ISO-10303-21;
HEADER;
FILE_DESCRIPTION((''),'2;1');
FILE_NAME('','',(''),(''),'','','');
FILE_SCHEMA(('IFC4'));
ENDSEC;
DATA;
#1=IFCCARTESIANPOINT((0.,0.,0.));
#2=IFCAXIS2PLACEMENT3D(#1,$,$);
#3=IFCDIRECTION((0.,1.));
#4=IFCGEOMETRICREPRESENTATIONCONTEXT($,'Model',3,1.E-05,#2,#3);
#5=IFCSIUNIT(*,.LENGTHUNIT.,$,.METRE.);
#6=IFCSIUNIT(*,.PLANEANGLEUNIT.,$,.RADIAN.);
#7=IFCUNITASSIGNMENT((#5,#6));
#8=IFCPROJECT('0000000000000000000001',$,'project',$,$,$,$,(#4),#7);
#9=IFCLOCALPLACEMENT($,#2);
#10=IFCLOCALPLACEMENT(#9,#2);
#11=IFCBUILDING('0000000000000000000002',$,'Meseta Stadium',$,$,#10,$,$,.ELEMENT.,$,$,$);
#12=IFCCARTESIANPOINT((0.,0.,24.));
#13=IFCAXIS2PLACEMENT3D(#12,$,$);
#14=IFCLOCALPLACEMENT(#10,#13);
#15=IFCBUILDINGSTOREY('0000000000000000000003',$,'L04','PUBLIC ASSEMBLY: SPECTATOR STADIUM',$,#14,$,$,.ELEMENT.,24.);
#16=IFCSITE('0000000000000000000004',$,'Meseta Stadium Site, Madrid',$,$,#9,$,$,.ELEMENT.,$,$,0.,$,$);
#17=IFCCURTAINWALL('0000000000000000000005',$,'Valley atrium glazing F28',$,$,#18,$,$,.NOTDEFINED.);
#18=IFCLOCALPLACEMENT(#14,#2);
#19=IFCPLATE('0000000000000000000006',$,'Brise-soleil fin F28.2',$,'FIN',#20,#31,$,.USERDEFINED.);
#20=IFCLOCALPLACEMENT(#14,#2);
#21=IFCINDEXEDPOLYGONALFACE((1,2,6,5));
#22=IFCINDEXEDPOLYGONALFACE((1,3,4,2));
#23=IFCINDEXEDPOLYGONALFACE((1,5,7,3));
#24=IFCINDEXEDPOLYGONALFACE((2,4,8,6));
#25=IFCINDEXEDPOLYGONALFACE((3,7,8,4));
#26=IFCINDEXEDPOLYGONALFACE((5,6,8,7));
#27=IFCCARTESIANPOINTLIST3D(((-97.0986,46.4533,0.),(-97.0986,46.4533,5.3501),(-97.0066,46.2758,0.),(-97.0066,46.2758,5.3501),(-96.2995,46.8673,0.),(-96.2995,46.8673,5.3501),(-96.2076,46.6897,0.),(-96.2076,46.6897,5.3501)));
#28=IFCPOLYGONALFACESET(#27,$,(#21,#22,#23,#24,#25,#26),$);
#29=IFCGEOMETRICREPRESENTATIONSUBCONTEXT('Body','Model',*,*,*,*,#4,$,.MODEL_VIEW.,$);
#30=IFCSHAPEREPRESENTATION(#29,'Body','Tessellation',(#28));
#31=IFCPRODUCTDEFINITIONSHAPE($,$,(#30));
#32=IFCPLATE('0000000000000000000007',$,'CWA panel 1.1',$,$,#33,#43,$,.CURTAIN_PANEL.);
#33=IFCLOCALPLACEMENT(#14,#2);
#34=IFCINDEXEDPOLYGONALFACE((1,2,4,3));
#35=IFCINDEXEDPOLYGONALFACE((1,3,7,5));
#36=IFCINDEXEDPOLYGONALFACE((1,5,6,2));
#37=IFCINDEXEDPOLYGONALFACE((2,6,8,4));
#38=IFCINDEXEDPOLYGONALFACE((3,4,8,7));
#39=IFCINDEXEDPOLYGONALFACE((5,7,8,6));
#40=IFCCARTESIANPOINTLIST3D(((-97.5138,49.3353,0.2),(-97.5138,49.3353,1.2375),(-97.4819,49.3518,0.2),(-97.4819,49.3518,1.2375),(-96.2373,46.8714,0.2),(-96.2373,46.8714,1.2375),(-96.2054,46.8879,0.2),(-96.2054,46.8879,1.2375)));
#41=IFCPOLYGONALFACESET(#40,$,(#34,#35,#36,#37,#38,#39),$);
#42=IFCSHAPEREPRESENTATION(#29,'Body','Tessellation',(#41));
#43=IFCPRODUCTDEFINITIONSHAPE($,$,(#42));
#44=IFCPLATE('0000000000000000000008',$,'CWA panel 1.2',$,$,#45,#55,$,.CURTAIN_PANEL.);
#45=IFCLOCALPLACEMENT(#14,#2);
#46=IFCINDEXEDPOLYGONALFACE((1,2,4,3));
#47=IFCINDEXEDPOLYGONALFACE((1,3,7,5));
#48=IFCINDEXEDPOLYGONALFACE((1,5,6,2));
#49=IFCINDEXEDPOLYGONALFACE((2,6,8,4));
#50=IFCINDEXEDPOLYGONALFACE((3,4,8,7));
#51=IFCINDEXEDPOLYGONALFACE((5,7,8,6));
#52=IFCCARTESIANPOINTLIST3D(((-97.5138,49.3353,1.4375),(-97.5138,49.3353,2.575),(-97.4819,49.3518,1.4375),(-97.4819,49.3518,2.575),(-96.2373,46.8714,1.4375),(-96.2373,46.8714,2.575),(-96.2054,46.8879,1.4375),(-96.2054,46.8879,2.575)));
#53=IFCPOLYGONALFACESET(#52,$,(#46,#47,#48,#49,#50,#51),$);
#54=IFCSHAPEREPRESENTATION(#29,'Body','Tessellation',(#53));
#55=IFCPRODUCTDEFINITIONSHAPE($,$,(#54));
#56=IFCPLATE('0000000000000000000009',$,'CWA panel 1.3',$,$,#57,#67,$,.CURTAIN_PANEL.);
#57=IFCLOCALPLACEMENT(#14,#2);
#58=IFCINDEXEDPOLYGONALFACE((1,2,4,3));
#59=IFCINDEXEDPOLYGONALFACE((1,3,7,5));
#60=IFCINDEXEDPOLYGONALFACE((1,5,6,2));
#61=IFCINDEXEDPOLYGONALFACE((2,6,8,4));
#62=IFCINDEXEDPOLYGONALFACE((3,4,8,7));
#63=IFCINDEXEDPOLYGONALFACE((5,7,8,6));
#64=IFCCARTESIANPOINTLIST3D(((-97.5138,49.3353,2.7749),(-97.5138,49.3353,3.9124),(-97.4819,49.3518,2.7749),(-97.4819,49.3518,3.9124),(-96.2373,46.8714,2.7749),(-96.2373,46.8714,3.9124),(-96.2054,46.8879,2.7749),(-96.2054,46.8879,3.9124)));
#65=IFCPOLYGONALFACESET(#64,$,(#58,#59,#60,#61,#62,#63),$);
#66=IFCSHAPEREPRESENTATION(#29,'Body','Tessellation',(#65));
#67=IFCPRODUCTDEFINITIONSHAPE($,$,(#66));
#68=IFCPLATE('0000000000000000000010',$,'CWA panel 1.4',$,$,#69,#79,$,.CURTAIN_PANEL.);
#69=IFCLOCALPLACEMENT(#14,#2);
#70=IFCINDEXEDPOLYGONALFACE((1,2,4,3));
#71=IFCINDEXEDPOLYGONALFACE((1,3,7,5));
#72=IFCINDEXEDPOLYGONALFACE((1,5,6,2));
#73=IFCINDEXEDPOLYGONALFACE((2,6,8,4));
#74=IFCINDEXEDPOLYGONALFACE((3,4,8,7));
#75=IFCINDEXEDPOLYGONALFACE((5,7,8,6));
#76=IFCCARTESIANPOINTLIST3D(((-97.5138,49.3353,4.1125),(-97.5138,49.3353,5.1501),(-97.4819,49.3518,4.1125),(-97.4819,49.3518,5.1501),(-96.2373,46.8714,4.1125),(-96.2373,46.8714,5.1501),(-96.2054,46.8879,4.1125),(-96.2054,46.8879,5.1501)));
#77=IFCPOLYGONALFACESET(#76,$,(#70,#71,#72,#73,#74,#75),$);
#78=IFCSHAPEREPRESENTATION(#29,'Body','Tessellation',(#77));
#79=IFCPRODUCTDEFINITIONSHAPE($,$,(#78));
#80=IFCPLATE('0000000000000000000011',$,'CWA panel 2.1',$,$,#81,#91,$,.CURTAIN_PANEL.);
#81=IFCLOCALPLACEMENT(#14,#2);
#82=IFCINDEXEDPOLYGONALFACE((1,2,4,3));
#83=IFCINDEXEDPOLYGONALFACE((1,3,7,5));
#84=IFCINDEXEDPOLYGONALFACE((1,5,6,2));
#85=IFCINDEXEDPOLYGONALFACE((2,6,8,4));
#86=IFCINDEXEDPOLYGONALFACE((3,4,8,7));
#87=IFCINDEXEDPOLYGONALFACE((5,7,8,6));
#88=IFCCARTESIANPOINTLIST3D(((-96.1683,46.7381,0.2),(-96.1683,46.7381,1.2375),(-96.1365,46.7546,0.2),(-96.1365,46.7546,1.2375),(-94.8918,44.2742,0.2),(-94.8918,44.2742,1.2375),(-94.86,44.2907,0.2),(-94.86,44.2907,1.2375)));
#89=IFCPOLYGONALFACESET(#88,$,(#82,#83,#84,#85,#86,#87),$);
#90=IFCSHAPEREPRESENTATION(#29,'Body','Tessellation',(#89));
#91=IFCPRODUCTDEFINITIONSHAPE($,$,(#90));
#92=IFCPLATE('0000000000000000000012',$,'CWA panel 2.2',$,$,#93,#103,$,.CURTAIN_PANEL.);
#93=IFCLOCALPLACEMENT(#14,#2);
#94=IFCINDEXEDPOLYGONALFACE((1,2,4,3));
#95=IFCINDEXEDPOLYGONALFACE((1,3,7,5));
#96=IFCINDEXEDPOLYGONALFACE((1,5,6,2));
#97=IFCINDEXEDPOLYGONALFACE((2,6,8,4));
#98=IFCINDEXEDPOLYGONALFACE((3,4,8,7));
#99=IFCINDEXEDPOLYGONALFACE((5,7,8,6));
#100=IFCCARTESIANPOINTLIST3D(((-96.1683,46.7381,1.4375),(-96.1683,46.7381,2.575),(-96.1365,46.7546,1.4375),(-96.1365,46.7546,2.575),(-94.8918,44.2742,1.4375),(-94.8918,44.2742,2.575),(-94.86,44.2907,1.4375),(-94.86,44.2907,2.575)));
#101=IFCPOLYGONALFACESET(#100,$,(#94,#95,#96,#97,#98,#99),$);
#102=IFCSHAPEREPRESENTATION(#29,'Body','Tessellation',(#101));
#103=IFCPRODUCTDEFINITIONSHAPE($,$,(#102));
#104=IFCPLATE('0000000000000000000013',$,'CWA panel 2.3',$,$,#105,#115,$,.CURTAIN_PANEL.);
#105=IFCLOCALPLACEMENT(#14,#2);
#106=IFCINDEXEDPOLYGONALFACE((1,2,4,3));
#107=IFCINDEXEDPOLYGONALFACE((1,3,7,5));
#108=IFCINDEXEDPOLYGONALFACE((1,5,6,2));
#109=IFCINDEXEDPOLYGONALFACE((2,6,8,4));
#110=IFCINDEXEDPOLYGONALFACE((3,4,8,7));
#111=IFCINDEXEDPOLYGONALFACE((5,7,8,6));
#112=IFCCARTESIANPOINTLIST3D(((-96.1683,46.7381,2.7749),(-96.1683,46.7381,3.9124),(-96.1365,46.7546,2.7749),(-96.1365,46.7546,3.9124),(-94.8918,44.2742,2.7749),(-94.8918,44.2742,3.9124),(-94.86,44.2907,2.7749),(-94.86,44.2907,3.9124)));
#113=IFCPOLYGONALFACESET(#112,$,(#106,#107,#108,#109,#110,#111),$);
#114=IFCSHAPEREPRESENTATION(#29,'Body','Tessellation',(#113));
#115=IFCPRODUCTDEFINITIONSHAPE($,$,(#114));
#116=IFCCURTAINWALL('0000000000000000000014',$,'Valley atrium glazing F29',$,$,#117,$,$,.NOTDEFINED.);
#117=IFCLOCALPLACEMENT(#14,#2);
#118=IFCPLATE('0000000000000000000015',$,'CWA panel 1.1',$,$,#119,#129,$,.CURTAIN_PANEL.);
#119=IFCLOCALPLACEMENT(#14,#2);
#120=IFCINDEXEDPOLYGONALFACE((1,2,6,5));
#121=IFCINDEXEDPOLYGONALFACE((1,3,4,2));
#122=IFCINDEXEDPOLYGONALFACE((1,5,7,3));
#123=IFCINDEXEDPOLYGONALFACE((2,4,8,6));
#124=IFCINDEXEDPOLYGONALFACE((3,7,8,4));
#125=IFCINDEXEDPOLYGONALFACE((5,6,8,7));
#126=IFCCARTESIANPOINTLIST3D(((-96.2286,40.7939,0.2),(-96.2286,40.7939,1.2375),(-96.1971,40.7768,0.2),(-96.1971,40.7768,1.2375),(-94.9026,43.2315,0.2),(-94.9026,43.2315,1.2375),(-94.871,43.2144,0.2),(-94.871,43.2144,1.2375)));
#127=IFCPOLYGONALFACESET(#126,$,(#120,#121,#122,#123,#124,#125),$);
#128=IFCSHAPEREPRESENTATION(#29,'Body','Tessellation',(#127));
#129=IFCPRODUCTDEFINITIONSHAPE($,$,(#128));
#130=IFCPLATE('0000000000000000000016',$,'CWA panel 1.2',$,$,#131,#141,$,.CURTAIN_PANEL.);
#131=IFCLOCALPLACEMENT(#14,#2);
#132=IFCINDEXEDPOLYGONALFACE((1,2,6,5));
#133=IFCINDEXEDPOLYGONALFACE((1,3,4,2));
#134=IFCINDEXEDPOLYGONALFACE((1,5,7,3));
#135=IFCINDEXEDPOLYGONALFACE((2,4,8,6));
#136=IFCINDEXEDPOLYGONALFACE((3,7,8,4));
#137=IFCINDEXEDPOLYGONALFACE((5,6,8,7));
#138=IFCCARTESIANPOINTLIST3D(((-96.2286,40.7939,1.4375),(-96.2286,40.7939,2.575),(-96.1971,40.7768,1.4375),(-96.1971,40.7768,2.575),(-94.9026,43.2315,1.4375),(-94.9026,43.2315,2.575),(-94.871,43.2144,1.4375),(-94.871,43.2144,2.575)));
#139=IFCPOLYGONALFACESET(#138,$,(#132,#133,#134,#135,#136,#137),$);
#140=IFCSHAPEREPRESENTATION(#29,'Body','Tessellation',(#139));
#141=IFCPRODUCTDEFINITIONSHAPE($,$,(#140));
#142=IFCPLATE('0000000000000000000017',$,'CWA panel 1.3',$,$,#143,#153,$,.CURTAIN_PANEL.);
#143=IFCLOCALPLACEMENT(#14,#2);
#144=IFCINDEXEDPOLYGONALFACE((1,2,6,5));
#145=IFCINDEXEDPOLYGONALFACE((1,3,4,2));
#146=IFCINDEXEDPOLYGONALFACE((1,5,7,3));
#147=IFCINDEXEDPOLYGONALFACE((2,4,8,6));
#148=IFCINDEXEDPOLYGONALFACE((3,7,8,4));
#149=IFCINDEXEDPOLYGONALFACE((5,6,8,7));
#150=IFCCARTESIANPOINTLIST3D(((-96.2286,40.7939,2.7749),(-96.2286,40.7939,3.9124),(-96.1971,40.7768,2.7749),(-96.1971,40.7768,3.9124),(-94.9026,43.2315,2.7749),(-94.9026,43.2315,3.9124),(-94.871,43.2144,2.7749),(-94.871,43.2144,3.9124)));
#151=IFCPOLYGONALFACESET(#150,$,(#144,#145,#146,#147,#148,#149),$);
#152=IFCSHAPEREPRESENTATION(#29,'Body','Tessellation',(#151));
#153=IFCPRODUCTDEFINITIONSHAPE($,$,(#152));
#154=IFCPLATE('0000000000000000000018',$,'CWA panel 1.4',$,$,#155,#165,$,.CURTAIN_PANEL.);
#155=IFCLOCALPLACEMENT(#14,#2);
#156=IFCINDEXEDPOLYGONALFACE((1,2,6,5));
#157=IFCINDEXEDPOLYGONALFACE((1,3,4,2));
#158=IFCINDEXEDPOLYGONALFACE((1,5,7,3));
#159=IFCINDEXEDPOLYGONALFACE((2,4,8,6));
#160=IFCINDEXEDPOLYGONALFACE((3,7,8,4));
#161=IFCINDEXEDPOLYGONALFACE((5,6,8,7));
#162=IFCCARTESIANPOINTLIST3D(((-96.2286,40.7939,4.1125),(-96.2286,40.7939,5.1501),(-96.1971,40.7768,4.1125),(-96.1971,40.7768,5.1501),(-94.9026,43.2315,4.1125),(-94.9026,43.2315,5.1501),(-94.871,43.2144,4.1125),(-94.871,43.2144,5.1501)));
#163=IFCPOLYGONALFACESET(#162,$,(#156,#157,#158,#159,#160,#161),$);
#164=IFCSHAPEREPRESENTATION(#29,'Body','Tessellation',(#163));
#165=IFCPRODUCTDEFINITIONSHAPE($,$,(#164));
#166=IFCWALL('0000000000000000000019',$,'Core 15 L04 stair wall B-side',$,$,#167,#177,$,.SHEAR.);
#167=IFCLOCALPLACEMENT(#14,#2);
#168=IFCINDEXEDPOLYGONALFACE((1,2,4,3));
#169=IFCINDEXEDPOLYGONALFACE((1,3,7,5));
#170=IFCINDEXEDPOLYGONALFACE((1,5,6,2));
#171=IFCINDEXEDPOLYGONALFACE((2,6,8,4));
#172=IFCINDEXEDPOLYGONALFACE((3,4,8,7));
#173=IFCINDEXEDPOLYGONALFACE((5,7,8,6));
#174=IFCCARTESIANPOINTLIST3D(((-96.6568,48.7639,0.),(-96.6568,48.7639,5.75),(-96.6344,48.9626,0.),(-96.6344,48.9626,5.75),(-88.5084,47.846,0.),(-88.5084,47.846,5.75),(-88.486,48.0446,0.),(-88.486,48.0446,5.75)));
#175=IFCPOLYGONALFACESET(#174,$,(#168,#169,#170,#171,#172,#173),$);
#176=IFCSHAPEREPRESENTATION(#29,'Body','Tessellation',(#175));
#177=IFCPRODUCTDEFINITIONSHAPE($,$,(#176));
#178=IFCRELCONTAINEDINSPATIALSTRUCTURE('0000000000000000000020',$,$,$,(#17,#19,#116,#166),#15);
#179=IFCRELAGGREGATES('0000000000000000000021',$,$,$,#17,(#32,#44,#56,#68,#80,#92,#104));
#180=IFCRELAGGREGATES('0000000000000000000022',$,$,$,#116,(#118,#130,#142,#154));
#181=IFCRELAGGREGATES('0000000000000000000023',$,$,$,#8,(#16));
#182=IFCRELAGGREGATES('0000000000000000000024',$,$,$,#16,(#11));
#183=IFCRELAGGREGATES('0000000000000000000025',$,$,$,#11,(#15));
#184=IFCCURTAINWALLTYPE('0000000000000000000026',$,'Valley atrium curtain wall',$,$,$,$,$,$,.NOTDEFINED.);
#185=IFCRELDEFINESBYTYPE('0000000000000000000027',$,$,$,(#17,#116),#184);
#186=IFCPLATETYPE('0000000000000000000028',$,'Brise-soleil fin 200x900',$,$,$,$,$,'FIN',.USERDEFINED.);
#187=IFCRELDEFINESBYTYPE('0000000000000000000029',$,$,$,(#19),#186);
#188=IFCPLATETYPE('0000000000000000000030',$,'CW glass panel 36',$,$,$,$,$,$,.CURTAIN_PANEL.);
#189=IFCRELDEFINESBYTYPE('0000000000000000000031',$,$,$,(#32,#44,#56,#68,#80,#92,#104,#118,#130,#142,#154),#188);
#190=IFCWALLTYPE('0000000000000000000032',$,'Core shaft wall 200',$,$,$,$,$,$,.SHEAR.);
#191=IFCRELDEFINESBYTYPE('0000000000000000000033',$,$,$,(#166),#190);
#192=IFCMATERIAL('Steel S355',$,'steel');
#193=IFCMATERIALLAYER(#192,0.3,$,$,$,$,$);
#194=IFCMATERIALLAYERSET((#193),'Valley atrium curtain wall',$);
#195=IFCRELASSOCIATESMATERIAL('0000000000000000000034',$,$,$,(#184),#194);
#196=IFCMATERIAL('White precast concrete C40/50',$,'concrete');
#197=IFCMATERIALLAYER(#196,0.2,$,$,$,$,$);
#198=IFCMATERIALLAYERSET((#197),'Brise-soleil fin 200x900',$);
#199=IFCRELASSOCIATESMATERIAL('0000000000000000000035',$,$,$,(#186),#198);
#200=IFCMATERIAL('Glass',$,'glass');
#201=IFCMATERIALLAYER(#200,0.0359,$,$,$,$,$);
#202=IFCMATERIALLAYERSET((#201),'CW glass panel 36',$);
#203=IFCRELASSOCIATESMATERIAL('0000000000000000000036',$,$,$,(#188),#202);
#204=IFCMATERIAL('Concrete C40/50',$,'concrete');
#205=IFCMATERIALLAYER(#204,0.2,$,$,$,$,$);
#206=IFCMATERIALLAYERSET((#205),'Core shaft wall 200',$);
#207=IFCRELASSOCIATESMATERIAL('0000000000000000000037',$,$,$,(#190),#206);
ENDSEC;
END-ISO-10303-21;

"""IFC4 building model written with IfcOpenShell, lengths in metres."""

from ifc_helpers import new_model, si_unit, direction, frame, frame_2d, origin, origin_2d, place, context, subcontext, project, spatial, rectangle, extrude, material, layer, layer_set, type_object, element, aggregate, save


model = new_model("IFC4")

# Units and contexts
model_context = context("Model", 3, precision=1e-05, world=origin(), true_north=direction((0.0, 1.0)))
body_context = subcontext(model_context, "Body", "Model", "MODEL_VIEW")
ifc_project = project(units=[si_unit("LENGTHUNIT", "METRE"), si_unit("PLANEANGLEUNIT", "RADIAN")], contexts=[model_context])

# Site, building, storey
site_placement = place(None, origin())
site = spatial("IfcSite", under=ifc_project, at=site_placement, Name="Meseta Stadium Site, Madrid", CompositionType="ELEMENT", RefElevation=0.0)
building_placement = place(site_placement, origin())
building = spatial("IfcBuilding", under=site, at=building_placement, Name="Meseta Stadium", CompositionType="ELEMENT")
storey_placement = place(building_placement, frame((0.0, 0.0, 24.0)))
storey = spatial("IfcBuildingStorey", under=building, at=storey_placement, Name="L04", Description="PUBLIC ASSEMBLY: SPECTATOR STADIUM", CompositionType="ELEMENT", Elevation=24.0)

# Curtain wall
ifc_material_1 = material(Name="Steel S355", Category="steel")
ifc_layer_1 = layer(ifc_material_1, 0.3)
ifc_layer_set_1 = layer_set([ifc_layer_1], Name="Valley atrium curtain wall")
curtain_wall_type = type_object("IfcCurtainWallType", Name="Valley atrium curtain wall", PredefinedType="NOTDEFINED", material=ifc_layer_set_1)
curtain_wall_1_placement = place(storey_placement, origin())
curtain_wall_1 = element("IfcCurtainWall", 1, at=curtain_wall_1_placement, inside=storey, type_object=curtain_wall_type, Name="Valley atrium glazing F28", PredefinedType="NOTDEFINED")

# Plate
ifc_material_2 = material(Name="White precast concrete C40/50", Category="concrete")
ifc_layer_2 = layer(ifc_material_2, 0.2)
ifc_layer_set_2 = layer_set([ifc_layer_2], Name="Brise-soleil fin 200x900")
plate_type_1 = type_object("IfcPlateType", Name="Brise-soleil fin 200x900", ElementType="FIN", PredefinedType="USERDEFINED", material=ifc_layer_set_2)
for number, where, z_axis, x_axis, name in (
    (2, (-96.6531, 46.5715, 0.0), (0.0, 0.0, 1.0), (0.460016, -0.887911, 0.0), "Brise-soleil fin F28.2"),
):
    element("IfcPlate", number, at=place(storey_placement, frame(where, z_axis=z_axis, x_axis=x_axis)), inside=storey, type_object=plate_type_1, Name=name, ObjectType="FIN", PredefinedType="USERDEFINED", context=body_context, shape_type="SweptSolid", body=[
        extrude(rectangle(XDim=0.2, YDim=0.8999, at=origin_2d()), origin(), (0.0, 0.0, 1.0), 5.3501),
    ])

# Plates
ifc_material_3 = material(Name="Glass", Category="glass")
ifc_layer_3 = layer(ifc_material_3, 0.0359)
ifc_layer_set_3 = layer_set([ifc_layer_3], Name="CW glass panel 36")
plate_type_2 = type_object("IfcPlateType", Name="CW glass panel 36", PredefinedType="CURTAIN_PANEL", material=ifc_layer_set_3)
plate_1_placement = place(storey_placement, frame((-96.8596, 48.1116, 0.2), z_axis=(0.0, 0.0, 1.0), x_axis=(0.460016, -0.887911, 0.0)))
plate_1 = element("IfcPlate", 3, at=plate_1_placement, type_object=plate_type_2, Name="CWA panel 1.1", PredefinedType="CURTAIN_PANEL", context=body_context, shape_type="SweptSolid", body=[
    extrude(rectangle(XDim=2.7749, YDim=0.0359, at=origin_2d()), origin(), (0.0, 0.0, 1.0), 1.0376),
])
plate_2_placement = place(storey_placement, frame((-96.8596, 48.1116, 1.4375), z_axis=(0.0, 0.0, 1.0), x_axis=(0.460016, -0.887911, 0.0)))
plate_2 = element("IfcPlate", 4, at=plate_2_placement, type_object=plate_type_2, Name="CWA panel 1.2", PredefinedType="CURTAIN_PANEL", context=body_context, shape_type="SweptSolid", body=[
    extrude(rectangle(XDim=2.7749, YDim=0.0359, at=origin_2d()), origin(), (0.0, 0.0, 1.0), 1.1375),
])
plate_3_placement = place(storey_placement, frame((-96.8596, 48.1116, 2.7749), z_axis=(0.0, 0.0, 1.0), x_axis=(0.460016, -0.887911, 0.0)))
plate_3 = element("IfcPlate", 5, at=plate_3_placement, type_object=plate_type_2, Name="CWA panel 1.3", PredefinedType="CURTAIN_PANEL", context=body_context, shape_type="SweptSolid", body=[
    extrude(rectangle(XDim=2.7749, YDim=0.0359, at=origin_2d()), origin(), (0.0, 0.0, 1.0), 1.1375),
])
plate_4_placement = place(storey_placement, frame((-96.8596, 48.1116, 4.1125), z_axis=(0.0, 0.0, 1.0), x_axis=(0.460016, -0.887911, 0.0)))
plate_4 = element("IfcPlate", 6, at=plate_4_placement, type_object=plate_type_2, Name="CWA panel 1.4", PredefinedType="CURTAIN_PANEL", context=body_context, shape_type="SweptSolid", body=[
    extrude(rectangle(XDim=2.7749, YDim=0.0359, at=origin_2d()), origin(), (0.0, 0.0, 1.0), 1.0376),
])
plate_5_placement = place(storey_placement, frame((-95.5142, 45.5144, 0.2), z_axis=(0.0, 0.0, 1.0), x_axis=(0.460016, -0.887911, 0.0)))
plate_5 = element("IfcPlate", 7, at=plate_5_placement, type_object=plate_type_2, Name="CWA panel 2.1", PredefinedType="CURTAIN_PANEL", context=body_context, shape_type="SweptSolid", body=[
    extrude(rectangle(XDim=2.7749, YDim=0.0359, at=origin_2d()), origin(), (0.0, 0.0, 1.0), 1.0376),
])
plate_6_placement = place(storey_placement, frame((-95.5142, 45.5144, 1.4375), z_axis=(0.0, 0.0, 1.0), x_axis=(0.460016, -0.887911, 0.0)))
plate_6 = element("IfcPlate", 8, at=plate_6_placement, type_object=plate_type_2, Name="CWA panel 2.2", PredefinedType="CURTAIN_PANEL", context=body_context, shape_type="SweptSolid", body=[
    extrude(rectangle(XDim=2.7749, YDim=0.0359, at=origin_2d()), origin(), (0.0, 0.0, 1.0), 1.1375),
])
plate_7_placement = place(storey_placement, frame((-95.5142, 45.5144, 2.7749), z_axis=(0.0, 0.0, 1.0), x_axis=(0.460016, -0.887911, 0.0)))
plate_7 = element("IfcPlate", 9, at=plate_7_placement, type_object=plate_type_2, Name="CWA panel 2.3", PredefinedType="CURTAIN_PANEL", context=body_context, shape_type="SweptSolid", body=[
    extrude(rectangle(XDim=2.7749, YDim=0.0359, at=origin_2d()), origin(), (0.0, 0.0, 1.0), 1.1375),
])
aggregate(curtain_wall_1, [plate_1, plate_2, plate_3, plate_4, plate_5, plate_6, plate_7])

# Curtain wall, plates
curtain_wall_2_placement = place(storey_placement, origin())
curtain_wall_2 = element("IfcCurtainWall", 10, at=curtain_wall_2_placement, inside=storey, type_object=curtain_wall_type, Name="Valley atrium glazing F29", PredefinedType="NOTDEFINED")
plate_8_placement = place(storey_placement, frame((-95.5498, 42.0042, 0.2), z_axis=(0.0, 0.0, 1.0), x_axis=(-0.477867, -0.878432, 0.0)))
plate_8 = element("IfcPlate", 11, at=plate_8_placement, type_object=plate_type_2, Name="CWA panel 1.1", PredefinedType="CURTAIN_PANEL", context=body_context, shape_type="SweptSolid", body=[
    extrude(rectangle(XDim=2.7749, YDim=0.0359, at=origin_2d()), origin(), (0.0, 0.0, 1.0), 1.0376),
])
plate_9_placement = place(storey_placement, frame((-95.5498, 42.0042, 1.4375), z_axis=(0.0, 0.0, 1.0), x_axis=(-0.477867, -0.878432, 0.0)))
plate_9 = element("IfcPlate", 12, at=plate_9_placement, type_object=plate_type_2, Name="CWA panel 1.2", PredefinedType="CURTAIN_PANEL", context=body_context, shape_type="SweptSolid", body=[
    extrude(rectangle(XDim=2.7749, YDim=0.0359, at=origin_2d()), origin(), (0.0, 0.0, 1.0), 1.1375),
])
plate_10_placement = place(storey_placement, frame((-95.5498, 42.0042, 2.7749), z_axis=(0.0, 0.0, 1.0), x_axis=(-0.477867, -0.878432, 0.0)))
plate_10 = element("IfcPlate", 13, at=plate_10_placement, type_object=plate_type_2, Name="CWA panel 1.3", PredefinedType="CURTAIN_PANEL", context=body_context, shape_type="SweptSolid", body=[
    extrude(rectangle(XDim=2.7749, YDim=0.0359, at=origin_2d()), origin(), (0.0, 0.0, 1.0), 1.1375),
])
plate_11_placement = place(storey_placement, frame((-95.5498, 42.0042, 4.1125), z_axis=(0.0, 0.0, 1.0), x_axis=(-0.477867, -0.878432, 0.0)))
plate_11 = element("IfcPlate", 14, at=plate_11_placement, type_object=plate_type_2, Name="CWA panel 1.4", PredefinedType="CURTAIN_PANEL", context=body_context, shape_type="SweptSolid", body=[
    extrude(rectangle(XDim=2.7749, YDim=0.0359, at=origin_2d()), origin(), (0.0, 0.0, 1.0), 1.0376),
])
aggregate(curtain_wall_2, [plate_8, plate_9, plate_10, plate_11])

# Wall
ifc_material_4 = material(Name="Concrete C40/50", Category="concrete")
ifc_layer_4 = layer(ifc_material_4, 0.2)
ifc_layer_set_4 = layer_set([ifc_layer_4], Name="Core shaft wall 200")
wall_type = type_object("IfcWallType", Name="Core shaft wall 200", PredefinedType="SHEAR", material=ifc_layer_set_4)
wall_placement = place(storey_placement, frame((-96.6458, 48.8633, 0.0), z_axis=(0.0, 0.0, 1.0), x_axis=(0.993714, -0.111948, 0.0)))
element("IfcWall", 15, at=wall_placement, inside=storey, type_object=wall_type, Name="Core 15 L04 stair wall B-side", PredefinedType="SHEAR", context=body_context, shape_type="SweptSolid", body=[
    extrude(rectangle(XDim=8.2, YDim=0.2, at=frame_2d((4.1001, 0.0))), origin(), (0.0, 0.0, 1.0), 5.75),
])

save(model, "model.ifc")
